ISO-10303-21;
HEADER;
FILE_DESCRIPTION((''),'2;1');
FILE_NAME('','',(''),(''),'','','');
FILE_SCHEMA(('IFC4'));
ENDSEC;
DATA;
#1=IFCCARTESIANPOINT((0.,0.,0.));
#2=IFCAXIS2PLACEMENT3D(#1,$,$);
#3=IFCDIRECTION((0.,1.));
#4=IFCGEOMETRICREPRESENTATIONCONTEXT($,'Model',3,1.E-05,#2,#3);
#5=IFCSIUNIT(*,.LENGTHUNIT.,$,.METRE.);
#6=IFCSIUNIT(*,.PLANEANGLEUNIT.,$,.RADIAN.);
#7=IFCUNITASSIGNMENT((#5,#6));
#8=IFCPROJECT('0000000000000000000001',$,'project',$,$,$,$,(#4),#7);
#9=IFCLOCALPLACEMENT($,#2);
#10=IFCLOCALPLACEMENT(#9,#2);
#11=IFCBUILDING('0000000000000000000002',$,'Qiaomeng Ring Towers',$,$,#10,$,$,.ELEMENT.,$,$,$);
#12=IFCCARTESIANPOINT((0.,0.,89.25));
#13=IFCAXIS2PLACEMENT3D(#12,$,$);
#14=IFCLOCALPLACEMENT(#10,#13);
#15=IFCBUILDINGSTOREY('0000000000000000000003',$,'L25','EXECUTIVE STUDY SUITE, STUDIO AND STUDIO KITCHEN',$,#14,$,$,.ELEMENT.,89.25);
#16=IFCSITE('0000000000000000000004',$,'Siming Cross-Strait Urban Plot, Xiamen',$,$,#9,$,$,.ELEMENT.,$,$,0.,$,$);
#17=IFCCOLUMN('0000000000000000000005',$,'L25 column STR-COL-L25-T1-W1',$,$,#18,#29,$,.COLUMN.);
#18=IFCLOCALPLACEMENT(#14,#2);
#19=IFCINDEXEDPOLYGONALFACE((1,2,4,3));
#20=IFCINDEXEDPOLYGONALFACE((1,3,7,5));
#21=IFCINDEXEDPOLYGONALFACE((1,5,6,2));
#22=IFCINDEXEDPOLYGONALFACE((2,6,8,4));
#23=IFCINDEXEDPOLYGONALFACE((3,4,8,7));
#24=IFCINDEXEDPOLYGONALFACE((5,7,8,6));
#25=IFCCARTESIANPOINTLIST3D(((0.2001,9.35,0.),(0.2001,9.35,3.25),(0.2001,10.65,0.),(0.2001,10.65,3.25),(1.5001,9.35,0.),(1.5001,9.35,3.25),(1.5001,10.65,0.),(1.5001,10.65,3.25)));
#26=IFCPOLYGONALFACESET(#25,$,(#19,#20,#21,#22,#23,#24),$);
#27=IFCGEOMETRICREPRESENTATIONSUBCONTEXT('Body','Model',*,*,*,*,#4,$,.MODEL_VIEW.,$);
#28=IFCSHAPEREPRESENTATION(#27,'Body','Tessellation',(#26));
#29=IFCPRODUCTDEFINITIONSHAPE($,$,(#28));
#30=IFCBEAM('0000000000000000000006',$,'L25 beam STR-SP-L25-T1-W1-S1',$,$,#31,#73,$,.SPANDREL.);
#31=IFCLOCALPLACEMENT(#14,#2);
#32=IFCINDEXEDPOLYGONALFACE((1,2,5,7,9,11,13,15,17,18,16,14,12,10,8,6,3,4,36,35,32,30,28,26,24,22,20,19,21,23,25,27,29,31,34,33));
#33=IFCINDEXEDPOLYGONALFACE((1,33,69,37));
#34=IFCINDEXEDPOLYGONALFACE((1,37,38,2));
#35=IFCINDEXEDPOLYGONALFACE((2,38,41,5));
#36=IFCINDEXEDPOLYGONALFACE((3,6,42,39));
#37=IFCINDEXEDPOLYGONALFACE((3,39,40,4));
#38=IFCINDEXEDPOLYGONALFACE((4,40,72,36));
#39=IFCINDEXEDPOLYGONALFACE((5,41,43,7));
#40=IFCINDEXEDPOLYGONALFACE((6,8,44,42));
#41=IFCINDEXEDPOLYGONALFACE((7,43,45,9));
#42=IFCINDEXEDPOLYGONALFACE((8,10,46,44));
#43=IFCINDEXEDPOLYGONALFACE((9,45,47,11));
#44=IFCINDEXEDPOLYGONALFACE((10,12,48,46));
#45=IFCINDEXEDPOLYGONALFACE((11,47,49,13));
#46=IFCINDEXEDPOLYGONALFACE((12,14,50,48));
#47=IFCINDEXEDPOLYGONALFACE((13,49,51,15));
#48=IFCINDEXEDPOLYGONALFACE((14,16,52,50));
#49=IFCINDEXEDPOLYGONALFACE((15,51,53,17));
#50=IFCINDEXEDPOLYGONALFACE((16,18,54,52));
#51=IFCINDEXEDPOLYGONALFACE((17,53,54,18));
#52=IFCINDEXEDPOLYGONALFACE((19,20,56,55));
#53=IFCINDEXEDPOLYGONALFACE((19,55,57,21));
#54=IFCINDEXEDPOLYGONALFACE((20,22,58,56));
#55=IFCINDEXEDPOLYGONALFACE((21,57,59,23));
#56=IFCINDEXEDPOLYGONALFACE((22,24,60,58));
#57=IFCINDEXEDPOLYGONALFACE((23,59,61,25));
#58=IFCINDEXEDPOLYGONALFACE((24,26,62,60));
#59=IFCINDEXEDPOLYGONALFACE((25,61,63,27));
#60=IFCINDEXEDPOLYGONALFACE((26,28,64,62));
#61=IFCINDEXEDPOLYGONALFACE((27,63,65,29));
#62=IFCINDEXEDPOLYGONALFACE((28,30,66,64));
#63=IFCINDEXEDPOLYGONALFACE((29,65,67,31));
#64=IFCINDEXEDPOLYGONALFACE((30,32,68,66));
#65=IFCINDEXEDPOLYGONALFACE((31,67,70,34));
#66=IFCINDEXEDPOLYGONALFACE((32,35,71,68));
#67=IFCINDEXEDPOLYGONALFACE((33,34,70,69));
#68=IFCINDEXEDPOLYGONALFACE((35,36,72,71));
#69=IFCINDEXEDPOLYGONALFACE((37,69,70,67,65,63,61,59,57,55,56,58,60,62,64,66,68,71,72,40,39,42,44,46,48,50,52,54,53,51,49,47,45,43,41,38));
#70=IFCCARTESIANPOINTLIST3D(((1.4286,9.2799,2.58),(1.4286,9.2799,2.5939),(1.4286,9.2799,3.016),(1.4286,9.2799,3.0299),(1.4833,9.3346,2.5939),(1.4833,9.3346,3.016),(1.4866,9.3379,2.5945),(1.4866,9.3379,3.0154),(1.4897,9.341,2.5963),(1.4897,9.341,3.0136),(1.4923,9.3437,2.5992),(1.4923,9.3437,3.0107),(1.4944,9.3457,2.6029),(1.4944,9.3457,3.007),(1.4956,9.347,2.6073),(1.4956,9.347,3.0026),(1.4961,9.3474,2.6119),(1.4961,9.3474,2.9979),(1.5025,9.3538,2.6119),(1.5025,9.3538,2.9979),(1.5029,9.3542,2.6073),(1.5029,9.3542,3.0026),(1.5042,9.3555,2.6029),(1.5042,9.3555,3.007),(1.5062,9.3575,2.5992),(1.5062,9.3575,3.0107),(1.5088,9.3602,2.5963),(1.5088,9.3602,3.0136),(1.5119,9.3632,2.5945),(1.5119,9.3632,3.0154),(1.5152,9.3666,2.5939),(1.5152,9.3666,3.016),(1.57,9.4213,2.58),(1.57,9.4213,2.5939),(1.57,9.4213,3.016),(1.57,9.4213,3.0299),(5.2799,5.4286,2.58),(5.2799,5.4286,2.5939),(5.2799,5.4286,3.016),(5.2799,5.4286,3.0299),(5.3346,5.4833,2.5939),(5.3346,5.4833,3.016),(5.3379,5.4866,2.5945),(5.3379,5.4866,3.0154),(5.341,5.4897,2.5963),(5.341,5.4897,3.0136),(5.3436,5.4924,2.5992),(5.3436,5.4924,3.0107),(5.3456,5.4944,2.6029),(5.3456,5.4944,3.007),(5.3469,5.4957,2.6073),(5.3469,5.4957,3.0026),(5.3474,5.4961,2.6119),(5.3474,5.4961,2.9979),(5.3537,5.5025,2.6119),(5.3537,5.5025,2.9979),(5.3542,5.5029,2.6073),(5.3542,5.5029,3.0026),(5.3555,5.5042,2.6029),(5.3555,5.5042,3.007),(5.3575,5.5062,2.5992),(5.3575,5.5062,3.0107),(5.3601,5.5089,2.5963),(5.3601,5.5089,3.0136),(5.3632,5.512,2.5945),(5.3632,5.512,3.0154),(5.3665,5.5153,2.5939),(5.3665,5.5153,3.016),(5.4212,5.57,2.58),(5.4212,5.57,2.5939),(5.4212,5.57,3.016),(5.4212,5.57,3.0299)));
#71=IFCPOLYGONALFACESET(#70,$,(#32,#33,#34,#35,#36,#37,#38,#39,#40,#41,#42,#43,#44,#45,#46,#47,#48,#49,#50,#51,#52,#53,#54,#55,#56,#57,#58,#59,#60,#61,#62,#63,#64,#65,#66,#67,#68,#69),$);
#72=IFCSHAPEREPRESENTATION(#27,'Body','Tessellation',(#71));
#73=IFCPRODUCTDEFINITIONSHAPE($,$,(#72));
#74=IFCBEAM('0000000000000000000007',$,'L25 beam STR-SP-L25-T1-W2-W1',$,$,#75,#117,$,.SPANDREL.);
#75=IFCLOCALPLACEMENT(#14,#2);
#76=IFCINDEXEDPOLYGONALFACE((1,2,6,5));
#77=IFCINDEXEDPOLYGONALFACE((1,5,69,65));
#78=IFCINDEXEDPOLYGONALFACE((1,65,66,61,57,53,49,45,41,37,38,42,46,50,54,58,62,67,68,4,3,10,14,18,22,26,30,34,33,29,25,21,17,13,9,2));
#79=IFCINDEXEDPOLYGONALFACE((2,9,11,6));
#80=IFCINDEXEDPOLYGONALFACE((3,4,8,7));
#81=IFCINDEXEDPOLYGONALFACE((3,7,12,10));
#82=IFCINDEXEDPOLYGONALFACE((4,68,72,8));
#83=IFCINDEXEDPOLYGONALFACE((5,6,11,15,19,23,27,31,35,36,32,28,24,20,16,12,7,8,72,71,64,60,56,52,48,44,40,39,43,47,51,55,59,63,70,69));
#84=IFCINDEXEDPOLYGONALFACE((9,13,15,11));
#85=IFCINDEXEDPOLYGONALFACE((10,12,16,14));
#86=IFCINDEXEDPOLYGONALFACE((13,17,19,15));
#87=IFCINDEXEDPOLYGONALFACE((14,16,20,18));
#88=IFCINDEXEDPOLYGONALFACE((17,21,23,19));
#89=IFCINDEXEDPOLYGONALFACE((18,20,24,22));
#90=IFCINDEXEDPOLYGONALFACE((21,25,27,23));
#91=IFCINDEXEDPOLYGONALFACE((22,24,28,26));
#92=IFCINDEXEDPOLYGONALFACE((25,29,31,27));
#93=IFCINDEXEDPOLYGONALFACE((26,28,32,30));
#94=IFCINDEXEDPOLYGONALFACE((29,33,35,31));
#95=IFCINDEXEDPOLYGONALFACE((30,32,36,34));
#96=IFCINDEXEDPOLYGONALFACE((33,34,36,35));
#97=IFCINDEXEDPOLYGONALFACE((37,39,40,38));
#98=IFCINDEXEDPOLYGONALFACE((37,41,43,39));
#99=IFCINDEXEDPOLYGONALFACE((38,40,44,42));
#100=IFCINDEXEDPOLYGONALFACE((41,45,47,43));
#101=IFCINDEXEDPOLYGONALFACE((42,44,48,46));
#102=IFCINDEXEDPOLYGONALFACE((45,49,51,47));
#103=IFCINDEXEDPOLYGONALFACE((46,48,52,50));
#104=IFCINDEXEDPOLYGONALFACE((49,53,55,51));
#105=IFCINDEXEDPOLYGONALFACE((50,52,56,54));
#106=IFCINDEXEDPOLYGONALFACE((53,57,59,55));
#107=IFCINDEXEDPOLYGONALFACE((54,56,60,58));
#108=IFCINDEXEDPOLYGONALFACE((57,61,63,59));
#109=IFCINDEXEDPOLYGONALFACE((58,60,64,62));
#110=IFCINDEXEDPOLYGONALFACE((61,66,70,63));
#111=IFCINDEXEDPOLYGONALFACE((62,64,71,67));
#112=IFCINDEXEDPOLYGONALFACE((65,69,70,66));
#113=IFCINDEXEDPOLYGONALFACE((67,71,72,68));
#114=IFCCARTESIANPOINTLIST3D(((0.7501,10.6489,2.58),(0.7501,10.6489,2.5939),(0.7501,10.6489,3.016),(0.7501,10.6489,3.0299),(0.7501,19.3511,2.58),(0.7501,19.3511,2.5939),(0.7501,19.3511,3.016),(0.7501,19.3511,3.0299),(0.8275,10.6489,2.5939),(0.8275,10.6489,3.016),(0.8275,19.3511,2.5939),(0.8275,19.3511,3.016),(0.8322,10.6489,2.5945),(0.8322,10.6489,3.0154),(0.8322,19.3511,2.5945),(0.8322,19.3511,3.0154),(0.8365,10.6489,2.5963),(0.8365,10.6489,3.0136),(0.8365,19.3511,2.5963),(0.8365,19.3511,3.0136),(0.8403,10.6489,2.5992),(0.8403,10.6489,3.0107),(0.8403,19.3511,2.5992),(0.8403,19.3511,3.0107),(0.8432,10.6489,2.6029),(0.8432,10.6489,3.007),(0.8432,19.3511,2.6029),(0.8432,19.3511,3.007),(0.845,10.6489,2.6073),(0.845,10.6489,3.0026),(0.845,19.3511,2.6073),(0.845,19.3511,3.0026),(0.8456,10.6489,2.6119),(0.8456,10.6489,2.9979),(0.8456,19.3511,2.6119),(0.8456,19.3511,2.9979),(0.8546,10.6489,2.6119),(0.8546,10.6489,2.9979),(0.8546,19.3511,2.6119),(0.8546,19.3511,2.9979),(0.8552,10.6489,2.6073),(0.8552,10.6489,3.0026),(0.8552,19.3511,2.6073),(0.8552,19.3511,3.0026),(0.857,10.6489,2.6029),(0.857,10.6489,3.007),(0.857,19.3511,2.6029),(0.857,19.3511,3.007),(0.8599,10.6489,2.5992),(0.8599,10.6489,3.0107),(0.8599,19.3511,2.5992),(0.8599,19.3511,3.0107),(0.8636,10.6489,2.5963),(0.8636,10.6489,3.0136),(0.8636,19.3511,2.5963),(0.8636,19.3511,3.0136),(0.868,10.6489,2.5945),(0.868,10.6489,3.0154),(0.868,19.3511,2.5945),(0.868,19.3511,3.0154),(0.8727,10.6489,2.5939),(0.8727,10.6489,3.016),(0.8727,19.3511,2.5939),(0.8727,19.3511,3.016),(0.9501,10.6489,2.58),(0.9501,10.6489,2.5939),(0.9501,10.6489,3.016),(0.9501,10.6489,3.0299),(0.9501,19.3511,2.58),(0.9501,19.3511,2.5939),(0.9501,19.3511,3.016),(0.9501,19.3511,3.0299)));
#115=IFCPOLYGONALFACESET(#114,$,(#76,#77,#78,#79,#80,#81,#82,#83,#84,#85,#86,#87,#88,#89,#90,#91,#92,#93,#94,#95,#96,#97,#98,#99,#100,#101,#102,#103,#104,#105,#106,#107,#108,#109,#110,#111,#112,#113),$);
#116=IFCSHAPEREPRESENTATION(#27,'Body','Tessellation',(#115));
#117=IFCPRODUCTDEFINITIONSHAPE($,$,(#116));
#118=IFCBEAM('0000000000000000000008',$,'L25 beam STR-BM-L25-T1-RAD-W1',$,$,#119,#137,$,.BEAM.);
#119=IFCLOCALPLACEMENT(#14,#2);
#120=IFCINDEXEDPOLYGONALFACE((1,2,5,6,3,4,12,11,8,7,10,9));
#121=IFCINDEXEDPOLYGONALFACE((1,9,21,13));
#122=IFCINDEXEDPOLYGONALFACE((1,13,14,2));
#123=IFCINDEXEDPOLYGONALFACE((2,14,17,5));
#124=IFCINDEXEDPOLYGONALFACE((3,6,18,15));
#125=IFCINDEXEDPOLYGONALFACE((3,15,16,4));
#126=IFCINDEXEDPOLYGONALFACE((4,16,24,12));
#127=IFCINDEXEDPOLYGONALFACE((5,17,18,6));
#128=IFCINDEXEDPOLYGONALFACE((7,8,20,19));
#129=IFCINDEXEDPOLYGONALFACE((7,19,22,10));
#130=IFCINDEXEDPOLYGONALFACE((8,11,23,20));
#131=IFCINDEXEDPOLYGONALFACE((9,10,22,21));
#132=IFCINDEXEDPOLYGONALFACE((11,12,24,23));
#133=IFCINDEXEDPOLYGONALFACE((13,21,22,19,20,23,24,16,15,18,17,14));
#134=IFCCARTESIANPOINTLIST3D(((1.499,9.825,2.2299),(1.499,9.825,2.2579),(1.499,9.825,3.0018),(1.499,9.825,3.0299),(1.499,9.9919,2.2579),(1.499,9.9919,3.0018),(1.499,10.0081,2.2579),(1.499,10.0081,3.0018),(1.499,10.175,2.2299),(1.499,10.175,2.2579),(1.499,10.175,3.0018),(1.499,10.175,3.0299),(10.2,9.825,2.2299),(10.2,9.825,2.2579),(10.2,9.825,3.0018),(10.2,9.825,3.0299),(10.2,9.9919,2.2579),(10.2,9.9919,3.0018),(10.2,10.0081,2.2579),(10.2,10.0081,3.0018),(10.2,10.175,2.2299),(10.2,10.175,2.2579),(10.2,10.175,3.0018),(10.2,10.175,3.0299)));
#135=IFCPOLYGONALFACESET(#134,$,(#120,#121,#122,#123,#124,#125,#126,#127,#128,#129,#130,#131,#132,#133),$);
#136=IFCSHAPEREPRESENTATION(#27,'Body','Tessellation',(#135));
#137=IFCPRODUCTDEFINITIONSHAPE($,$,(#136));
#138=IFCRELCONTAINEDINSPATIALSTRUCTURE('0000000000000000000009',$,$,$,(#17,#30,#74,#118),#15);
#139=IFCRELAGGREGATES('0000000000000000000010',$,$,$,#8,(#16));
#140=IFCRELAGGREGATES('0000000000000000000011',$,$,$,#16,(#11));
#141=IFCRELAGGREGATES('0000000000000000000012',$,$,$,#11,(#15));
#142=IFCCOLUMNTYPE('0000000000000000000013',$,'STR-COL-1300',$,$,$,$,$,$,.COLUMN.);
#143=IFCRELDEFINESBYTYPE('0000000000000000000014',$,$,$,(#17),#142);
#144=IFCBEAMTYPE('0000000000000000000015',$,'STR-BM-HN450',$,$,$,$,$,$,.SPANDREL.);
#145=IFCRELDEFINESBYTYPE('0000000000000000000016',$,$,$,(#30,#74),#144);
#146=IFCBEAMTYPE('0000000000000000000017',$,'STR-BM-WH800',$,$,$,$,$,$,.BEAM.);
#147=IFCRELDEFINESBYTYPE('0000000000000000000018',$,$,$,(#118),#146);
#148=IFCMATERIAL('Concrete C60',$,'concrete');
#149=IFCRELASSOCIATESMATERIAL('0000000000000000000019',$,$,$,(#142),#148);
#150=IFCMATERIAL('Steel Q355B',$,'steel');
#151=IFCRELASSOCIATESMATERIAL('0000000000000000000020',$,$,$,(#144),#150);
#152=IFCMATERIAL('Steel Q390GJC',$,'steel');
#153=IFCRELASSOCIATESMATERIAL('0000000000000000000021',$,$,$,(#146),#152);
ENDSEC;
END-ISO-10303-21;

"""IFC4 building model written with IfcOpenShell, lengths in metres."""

from ifc_helpers import new_model, si_unit, direction, frame, origin, origin_2d, place, context, subcontext, project, spatial, rectangle, i_section, extrude, source, transform, mapped, material, material_profile, profile_set, type_object, element, save


model = new_model("IFC4")

# Units and contexts
model_context = context("Model", 3, precision=1e-05, world=origin(), true_north=direction((0.0, 1.0)))
body_context = subcontext(model_context, "Body", "Model", "MODEL_VIEW")
ifc_project = project(units=[si_unit("LENGTHUNIT", "METRE"), si_unit("PLANEANGLEUNIT", "RADIAN")], contexts=[model_context])

# Site, building, storey
site_placement = place(None, origin())
site = spatial("IfcSite", under=ifc_project, at=site_placement, Name="Siming Cross-Strait Urban Plot, Xiamen", CompositionType="ELEMENT", RefElevation=0.0)
building_placement = place(site_placement, origin())
building = spatial("IfcBuilding", under=site, at=building_placement, Name="Qiaomeng Ring Towers", CompositionType="ELEMENT")
storey_placement = place(building_placement, frame((0.0, 0.0, 89.25)))
storey = spatial("IfcBuildingStorey", under=building, at=storey_placement, Name="L25", Description="EXECUTIVE STUDY SUITE, STUDIO AND STUDIO KITCHEN", CompositionType="ELEMENT", Elevation=89.25)

# Column
ifc_material_1 = material(Name="Concrete C60", Category="concrete")
ifc_material_profile_1 = material_profile(ifc_material_1, rectangle(XDim=1.3, YDim=1.3, at=origin_2d()), Name="RC COL 1300x1300")
ifc_profile_set_1 = profile_set([ifc_material_profile_1], Name="Concrete C60")
column_type = type_object("IfcColumnType", Name="STR-COL-1300", PredefinedType="COLUMN", material=ifc_profile_set_1)
shared_shape_1 = source(origin(), body_context, "Body", "SweptSolid", [
    extrude(rectangle(XDim=1.3, YDim=1.3, at=origin_2d()), origin(), (0.0, 0.0, 1.0), 3.25),
])
column_placement = place(storey_placement, frame((0.8501, 10.0, 0.0), z_axis=(0.0, 0.0, 1.0), x_axis=(1.0, 0.0, 0.0)))
element("IfcColumn", 1, at=column_placement, inside=storey, type_object=column_type, Name="L25 column STR-COL-L25-T1-W1", PredefinedType="COLUMN", context=body_context, shape_type="MappedRepresentation", body=[
    mapped(shared_shape_1, transform((0.0, 0.0, 0.0), x_axis=(1.0, 0.0, 0.0), y_axis=(0.0, 1.0, 0.0), z_axis=(0.0, 0.0, 1.0), scale=1.0)),
])

# Beams
ifc_material_2 = material(Name="Steel Q355B", Category="steel")
ifc_material_profile_2 = material_profile(ifc_material_2, i_section(OverallWidth=0.2, OverallDepth=0.45, WebThickness=0.009, FlangeThickness=0.0139, FilletRadius=0.0181, at=origin_2d()), Name="HN 450x200x9x14")
ifc_profile_set_2 = profile_set([ifc_material_profile_2], Name="Steel Q355B")
beam_type_1 = type_object("IfcBeamType", Name="STR-BM-HN450", PredefinedType="SPANDREL", material=ifc_profile_set_2)
shared_shape_2 = source(origin(), body_context, "Body", "SweptSolid", [
    extrude(i_section(OverallWidth=0.2, OverallDepth=0.45, WebThickness=0.009, FlangeThickness=0.0139, FilletRadius=0.0181, at=origin_2d()), origin(), (0.0, 0.0, 1.0), 5.4465),
])
beam_1_placement = place(storey_placement, frame((1.4993, 9.3506, 2.8049), z_axis=(0.707107, -0.707107, 0.0), x_axis=(0.707107, 0.707107, 0.0)))
element("IfcBeam", 2, at=beam_1_placement, inside=storey, type_object=beam_type_1, Name="L25 beam STR-SP-L25-T1-W1-S1", PredefinedType="SPANDREL", context=body_context, shape_type="MappedRepresentation", body=[
    mapped(shared_shape_2, transform((0.0, 0.0, 0.0), x_axis=(1.0, 0.0, 0.0), y_axis=(0.0, 1.0, 0.0), z_axis=(0.0, 0.0, 1.0), scale=1.0)),
])
shared_shape_3 = source(origin(), body_context, "Body", "SweptSolid", [
    extrude(i_section(OverallWidth=0.2, OverallDepth=0.45, WebThickness=0.009, FlangeThickness=0.0139, FilletRadius=0.0181, at=origin_2d()), origin(), (0.0, 0.0, 1.0), 8.7021),
])
beam_2_placement = place(storey_placement, frame((0.8501, 19.3511, 2.8049), z_axis=(0.0, -1.0, 0.0), x_axis=(1.0, 0.0, 0.0)))
element("IfcBeam", 3, at=beam_2_placement, inside=storey, type_object=beam_type_1, Name="L25 beam STR-SP-L25-T1-W2-W1", PredefinedType="SPANDREL", context=body_context, shape_type="MappedRepresentation", body=[
    mapped(shared_shape_3, transform((0.0, 0.0, 0.0), x_axis=(1.0, 0.0, 0.0), y_axis=(0.0, 1.0, 0.0), z_axis=(0.0, 0.0, 1.0), scale=1.0)),
])
ifc_material_3 = material(Name="Steel Q390GJC", Category="steel")
ifc_material_profile_3 = material_profile(ifc_material_3, i_section(OverallWidth=0.3501, OverallDepth=0.8, WebThickness=0.0161, FlangeThickness=0.0281, at=origin_2d()), Name="WH 800x350x16x28")
ifc_profile_set_3 = profile_set([ifc_material_profile_3], Name="Steel Q390GJC")
beam_type_2 = type_object("IfcBeamType", Name="STR-BM-WH800", PredefinedType="BEAM", material=ifc_profile_set_3)
shared_shape_4 = source(origin(), body_context, "Body", "SweptSolid", [
    extrude(i_section(OverallWidth=0.3501, OverallDepth=0.8, WebThickness=0.0161, FlangeThickness=0.0281, at=origin_2d()), origin(), (0.0, 0.0, 1.0), 8.7009),
])
beam_3_placement = place(storey_placement, frame((1.499, 10.0, 2.6299), z_axis=(1.0, 0.0, 0.0), x_axis=(0.0, 1.0, 0.0)))
element("IfcBeam", 4, at=beam_3_placement, inside=storey, type_object=beam_type_2, Name="L25 beam STR-BM-L25-T1-RAD-W1", PredefinedType="BEAM", context=body_context, shape_type="MappedRepresentation", body=[
    mapped(shared_shape_4, transform((0.0, 0.0, 0.0), x_axis=(1.0, 0.0, 0.0), y_axis=(0.0, 1.0, 0.0), z_axis=(0.0, 0.0, 1.0), scale=1.0)),
])

save(model, "model.ifc")
